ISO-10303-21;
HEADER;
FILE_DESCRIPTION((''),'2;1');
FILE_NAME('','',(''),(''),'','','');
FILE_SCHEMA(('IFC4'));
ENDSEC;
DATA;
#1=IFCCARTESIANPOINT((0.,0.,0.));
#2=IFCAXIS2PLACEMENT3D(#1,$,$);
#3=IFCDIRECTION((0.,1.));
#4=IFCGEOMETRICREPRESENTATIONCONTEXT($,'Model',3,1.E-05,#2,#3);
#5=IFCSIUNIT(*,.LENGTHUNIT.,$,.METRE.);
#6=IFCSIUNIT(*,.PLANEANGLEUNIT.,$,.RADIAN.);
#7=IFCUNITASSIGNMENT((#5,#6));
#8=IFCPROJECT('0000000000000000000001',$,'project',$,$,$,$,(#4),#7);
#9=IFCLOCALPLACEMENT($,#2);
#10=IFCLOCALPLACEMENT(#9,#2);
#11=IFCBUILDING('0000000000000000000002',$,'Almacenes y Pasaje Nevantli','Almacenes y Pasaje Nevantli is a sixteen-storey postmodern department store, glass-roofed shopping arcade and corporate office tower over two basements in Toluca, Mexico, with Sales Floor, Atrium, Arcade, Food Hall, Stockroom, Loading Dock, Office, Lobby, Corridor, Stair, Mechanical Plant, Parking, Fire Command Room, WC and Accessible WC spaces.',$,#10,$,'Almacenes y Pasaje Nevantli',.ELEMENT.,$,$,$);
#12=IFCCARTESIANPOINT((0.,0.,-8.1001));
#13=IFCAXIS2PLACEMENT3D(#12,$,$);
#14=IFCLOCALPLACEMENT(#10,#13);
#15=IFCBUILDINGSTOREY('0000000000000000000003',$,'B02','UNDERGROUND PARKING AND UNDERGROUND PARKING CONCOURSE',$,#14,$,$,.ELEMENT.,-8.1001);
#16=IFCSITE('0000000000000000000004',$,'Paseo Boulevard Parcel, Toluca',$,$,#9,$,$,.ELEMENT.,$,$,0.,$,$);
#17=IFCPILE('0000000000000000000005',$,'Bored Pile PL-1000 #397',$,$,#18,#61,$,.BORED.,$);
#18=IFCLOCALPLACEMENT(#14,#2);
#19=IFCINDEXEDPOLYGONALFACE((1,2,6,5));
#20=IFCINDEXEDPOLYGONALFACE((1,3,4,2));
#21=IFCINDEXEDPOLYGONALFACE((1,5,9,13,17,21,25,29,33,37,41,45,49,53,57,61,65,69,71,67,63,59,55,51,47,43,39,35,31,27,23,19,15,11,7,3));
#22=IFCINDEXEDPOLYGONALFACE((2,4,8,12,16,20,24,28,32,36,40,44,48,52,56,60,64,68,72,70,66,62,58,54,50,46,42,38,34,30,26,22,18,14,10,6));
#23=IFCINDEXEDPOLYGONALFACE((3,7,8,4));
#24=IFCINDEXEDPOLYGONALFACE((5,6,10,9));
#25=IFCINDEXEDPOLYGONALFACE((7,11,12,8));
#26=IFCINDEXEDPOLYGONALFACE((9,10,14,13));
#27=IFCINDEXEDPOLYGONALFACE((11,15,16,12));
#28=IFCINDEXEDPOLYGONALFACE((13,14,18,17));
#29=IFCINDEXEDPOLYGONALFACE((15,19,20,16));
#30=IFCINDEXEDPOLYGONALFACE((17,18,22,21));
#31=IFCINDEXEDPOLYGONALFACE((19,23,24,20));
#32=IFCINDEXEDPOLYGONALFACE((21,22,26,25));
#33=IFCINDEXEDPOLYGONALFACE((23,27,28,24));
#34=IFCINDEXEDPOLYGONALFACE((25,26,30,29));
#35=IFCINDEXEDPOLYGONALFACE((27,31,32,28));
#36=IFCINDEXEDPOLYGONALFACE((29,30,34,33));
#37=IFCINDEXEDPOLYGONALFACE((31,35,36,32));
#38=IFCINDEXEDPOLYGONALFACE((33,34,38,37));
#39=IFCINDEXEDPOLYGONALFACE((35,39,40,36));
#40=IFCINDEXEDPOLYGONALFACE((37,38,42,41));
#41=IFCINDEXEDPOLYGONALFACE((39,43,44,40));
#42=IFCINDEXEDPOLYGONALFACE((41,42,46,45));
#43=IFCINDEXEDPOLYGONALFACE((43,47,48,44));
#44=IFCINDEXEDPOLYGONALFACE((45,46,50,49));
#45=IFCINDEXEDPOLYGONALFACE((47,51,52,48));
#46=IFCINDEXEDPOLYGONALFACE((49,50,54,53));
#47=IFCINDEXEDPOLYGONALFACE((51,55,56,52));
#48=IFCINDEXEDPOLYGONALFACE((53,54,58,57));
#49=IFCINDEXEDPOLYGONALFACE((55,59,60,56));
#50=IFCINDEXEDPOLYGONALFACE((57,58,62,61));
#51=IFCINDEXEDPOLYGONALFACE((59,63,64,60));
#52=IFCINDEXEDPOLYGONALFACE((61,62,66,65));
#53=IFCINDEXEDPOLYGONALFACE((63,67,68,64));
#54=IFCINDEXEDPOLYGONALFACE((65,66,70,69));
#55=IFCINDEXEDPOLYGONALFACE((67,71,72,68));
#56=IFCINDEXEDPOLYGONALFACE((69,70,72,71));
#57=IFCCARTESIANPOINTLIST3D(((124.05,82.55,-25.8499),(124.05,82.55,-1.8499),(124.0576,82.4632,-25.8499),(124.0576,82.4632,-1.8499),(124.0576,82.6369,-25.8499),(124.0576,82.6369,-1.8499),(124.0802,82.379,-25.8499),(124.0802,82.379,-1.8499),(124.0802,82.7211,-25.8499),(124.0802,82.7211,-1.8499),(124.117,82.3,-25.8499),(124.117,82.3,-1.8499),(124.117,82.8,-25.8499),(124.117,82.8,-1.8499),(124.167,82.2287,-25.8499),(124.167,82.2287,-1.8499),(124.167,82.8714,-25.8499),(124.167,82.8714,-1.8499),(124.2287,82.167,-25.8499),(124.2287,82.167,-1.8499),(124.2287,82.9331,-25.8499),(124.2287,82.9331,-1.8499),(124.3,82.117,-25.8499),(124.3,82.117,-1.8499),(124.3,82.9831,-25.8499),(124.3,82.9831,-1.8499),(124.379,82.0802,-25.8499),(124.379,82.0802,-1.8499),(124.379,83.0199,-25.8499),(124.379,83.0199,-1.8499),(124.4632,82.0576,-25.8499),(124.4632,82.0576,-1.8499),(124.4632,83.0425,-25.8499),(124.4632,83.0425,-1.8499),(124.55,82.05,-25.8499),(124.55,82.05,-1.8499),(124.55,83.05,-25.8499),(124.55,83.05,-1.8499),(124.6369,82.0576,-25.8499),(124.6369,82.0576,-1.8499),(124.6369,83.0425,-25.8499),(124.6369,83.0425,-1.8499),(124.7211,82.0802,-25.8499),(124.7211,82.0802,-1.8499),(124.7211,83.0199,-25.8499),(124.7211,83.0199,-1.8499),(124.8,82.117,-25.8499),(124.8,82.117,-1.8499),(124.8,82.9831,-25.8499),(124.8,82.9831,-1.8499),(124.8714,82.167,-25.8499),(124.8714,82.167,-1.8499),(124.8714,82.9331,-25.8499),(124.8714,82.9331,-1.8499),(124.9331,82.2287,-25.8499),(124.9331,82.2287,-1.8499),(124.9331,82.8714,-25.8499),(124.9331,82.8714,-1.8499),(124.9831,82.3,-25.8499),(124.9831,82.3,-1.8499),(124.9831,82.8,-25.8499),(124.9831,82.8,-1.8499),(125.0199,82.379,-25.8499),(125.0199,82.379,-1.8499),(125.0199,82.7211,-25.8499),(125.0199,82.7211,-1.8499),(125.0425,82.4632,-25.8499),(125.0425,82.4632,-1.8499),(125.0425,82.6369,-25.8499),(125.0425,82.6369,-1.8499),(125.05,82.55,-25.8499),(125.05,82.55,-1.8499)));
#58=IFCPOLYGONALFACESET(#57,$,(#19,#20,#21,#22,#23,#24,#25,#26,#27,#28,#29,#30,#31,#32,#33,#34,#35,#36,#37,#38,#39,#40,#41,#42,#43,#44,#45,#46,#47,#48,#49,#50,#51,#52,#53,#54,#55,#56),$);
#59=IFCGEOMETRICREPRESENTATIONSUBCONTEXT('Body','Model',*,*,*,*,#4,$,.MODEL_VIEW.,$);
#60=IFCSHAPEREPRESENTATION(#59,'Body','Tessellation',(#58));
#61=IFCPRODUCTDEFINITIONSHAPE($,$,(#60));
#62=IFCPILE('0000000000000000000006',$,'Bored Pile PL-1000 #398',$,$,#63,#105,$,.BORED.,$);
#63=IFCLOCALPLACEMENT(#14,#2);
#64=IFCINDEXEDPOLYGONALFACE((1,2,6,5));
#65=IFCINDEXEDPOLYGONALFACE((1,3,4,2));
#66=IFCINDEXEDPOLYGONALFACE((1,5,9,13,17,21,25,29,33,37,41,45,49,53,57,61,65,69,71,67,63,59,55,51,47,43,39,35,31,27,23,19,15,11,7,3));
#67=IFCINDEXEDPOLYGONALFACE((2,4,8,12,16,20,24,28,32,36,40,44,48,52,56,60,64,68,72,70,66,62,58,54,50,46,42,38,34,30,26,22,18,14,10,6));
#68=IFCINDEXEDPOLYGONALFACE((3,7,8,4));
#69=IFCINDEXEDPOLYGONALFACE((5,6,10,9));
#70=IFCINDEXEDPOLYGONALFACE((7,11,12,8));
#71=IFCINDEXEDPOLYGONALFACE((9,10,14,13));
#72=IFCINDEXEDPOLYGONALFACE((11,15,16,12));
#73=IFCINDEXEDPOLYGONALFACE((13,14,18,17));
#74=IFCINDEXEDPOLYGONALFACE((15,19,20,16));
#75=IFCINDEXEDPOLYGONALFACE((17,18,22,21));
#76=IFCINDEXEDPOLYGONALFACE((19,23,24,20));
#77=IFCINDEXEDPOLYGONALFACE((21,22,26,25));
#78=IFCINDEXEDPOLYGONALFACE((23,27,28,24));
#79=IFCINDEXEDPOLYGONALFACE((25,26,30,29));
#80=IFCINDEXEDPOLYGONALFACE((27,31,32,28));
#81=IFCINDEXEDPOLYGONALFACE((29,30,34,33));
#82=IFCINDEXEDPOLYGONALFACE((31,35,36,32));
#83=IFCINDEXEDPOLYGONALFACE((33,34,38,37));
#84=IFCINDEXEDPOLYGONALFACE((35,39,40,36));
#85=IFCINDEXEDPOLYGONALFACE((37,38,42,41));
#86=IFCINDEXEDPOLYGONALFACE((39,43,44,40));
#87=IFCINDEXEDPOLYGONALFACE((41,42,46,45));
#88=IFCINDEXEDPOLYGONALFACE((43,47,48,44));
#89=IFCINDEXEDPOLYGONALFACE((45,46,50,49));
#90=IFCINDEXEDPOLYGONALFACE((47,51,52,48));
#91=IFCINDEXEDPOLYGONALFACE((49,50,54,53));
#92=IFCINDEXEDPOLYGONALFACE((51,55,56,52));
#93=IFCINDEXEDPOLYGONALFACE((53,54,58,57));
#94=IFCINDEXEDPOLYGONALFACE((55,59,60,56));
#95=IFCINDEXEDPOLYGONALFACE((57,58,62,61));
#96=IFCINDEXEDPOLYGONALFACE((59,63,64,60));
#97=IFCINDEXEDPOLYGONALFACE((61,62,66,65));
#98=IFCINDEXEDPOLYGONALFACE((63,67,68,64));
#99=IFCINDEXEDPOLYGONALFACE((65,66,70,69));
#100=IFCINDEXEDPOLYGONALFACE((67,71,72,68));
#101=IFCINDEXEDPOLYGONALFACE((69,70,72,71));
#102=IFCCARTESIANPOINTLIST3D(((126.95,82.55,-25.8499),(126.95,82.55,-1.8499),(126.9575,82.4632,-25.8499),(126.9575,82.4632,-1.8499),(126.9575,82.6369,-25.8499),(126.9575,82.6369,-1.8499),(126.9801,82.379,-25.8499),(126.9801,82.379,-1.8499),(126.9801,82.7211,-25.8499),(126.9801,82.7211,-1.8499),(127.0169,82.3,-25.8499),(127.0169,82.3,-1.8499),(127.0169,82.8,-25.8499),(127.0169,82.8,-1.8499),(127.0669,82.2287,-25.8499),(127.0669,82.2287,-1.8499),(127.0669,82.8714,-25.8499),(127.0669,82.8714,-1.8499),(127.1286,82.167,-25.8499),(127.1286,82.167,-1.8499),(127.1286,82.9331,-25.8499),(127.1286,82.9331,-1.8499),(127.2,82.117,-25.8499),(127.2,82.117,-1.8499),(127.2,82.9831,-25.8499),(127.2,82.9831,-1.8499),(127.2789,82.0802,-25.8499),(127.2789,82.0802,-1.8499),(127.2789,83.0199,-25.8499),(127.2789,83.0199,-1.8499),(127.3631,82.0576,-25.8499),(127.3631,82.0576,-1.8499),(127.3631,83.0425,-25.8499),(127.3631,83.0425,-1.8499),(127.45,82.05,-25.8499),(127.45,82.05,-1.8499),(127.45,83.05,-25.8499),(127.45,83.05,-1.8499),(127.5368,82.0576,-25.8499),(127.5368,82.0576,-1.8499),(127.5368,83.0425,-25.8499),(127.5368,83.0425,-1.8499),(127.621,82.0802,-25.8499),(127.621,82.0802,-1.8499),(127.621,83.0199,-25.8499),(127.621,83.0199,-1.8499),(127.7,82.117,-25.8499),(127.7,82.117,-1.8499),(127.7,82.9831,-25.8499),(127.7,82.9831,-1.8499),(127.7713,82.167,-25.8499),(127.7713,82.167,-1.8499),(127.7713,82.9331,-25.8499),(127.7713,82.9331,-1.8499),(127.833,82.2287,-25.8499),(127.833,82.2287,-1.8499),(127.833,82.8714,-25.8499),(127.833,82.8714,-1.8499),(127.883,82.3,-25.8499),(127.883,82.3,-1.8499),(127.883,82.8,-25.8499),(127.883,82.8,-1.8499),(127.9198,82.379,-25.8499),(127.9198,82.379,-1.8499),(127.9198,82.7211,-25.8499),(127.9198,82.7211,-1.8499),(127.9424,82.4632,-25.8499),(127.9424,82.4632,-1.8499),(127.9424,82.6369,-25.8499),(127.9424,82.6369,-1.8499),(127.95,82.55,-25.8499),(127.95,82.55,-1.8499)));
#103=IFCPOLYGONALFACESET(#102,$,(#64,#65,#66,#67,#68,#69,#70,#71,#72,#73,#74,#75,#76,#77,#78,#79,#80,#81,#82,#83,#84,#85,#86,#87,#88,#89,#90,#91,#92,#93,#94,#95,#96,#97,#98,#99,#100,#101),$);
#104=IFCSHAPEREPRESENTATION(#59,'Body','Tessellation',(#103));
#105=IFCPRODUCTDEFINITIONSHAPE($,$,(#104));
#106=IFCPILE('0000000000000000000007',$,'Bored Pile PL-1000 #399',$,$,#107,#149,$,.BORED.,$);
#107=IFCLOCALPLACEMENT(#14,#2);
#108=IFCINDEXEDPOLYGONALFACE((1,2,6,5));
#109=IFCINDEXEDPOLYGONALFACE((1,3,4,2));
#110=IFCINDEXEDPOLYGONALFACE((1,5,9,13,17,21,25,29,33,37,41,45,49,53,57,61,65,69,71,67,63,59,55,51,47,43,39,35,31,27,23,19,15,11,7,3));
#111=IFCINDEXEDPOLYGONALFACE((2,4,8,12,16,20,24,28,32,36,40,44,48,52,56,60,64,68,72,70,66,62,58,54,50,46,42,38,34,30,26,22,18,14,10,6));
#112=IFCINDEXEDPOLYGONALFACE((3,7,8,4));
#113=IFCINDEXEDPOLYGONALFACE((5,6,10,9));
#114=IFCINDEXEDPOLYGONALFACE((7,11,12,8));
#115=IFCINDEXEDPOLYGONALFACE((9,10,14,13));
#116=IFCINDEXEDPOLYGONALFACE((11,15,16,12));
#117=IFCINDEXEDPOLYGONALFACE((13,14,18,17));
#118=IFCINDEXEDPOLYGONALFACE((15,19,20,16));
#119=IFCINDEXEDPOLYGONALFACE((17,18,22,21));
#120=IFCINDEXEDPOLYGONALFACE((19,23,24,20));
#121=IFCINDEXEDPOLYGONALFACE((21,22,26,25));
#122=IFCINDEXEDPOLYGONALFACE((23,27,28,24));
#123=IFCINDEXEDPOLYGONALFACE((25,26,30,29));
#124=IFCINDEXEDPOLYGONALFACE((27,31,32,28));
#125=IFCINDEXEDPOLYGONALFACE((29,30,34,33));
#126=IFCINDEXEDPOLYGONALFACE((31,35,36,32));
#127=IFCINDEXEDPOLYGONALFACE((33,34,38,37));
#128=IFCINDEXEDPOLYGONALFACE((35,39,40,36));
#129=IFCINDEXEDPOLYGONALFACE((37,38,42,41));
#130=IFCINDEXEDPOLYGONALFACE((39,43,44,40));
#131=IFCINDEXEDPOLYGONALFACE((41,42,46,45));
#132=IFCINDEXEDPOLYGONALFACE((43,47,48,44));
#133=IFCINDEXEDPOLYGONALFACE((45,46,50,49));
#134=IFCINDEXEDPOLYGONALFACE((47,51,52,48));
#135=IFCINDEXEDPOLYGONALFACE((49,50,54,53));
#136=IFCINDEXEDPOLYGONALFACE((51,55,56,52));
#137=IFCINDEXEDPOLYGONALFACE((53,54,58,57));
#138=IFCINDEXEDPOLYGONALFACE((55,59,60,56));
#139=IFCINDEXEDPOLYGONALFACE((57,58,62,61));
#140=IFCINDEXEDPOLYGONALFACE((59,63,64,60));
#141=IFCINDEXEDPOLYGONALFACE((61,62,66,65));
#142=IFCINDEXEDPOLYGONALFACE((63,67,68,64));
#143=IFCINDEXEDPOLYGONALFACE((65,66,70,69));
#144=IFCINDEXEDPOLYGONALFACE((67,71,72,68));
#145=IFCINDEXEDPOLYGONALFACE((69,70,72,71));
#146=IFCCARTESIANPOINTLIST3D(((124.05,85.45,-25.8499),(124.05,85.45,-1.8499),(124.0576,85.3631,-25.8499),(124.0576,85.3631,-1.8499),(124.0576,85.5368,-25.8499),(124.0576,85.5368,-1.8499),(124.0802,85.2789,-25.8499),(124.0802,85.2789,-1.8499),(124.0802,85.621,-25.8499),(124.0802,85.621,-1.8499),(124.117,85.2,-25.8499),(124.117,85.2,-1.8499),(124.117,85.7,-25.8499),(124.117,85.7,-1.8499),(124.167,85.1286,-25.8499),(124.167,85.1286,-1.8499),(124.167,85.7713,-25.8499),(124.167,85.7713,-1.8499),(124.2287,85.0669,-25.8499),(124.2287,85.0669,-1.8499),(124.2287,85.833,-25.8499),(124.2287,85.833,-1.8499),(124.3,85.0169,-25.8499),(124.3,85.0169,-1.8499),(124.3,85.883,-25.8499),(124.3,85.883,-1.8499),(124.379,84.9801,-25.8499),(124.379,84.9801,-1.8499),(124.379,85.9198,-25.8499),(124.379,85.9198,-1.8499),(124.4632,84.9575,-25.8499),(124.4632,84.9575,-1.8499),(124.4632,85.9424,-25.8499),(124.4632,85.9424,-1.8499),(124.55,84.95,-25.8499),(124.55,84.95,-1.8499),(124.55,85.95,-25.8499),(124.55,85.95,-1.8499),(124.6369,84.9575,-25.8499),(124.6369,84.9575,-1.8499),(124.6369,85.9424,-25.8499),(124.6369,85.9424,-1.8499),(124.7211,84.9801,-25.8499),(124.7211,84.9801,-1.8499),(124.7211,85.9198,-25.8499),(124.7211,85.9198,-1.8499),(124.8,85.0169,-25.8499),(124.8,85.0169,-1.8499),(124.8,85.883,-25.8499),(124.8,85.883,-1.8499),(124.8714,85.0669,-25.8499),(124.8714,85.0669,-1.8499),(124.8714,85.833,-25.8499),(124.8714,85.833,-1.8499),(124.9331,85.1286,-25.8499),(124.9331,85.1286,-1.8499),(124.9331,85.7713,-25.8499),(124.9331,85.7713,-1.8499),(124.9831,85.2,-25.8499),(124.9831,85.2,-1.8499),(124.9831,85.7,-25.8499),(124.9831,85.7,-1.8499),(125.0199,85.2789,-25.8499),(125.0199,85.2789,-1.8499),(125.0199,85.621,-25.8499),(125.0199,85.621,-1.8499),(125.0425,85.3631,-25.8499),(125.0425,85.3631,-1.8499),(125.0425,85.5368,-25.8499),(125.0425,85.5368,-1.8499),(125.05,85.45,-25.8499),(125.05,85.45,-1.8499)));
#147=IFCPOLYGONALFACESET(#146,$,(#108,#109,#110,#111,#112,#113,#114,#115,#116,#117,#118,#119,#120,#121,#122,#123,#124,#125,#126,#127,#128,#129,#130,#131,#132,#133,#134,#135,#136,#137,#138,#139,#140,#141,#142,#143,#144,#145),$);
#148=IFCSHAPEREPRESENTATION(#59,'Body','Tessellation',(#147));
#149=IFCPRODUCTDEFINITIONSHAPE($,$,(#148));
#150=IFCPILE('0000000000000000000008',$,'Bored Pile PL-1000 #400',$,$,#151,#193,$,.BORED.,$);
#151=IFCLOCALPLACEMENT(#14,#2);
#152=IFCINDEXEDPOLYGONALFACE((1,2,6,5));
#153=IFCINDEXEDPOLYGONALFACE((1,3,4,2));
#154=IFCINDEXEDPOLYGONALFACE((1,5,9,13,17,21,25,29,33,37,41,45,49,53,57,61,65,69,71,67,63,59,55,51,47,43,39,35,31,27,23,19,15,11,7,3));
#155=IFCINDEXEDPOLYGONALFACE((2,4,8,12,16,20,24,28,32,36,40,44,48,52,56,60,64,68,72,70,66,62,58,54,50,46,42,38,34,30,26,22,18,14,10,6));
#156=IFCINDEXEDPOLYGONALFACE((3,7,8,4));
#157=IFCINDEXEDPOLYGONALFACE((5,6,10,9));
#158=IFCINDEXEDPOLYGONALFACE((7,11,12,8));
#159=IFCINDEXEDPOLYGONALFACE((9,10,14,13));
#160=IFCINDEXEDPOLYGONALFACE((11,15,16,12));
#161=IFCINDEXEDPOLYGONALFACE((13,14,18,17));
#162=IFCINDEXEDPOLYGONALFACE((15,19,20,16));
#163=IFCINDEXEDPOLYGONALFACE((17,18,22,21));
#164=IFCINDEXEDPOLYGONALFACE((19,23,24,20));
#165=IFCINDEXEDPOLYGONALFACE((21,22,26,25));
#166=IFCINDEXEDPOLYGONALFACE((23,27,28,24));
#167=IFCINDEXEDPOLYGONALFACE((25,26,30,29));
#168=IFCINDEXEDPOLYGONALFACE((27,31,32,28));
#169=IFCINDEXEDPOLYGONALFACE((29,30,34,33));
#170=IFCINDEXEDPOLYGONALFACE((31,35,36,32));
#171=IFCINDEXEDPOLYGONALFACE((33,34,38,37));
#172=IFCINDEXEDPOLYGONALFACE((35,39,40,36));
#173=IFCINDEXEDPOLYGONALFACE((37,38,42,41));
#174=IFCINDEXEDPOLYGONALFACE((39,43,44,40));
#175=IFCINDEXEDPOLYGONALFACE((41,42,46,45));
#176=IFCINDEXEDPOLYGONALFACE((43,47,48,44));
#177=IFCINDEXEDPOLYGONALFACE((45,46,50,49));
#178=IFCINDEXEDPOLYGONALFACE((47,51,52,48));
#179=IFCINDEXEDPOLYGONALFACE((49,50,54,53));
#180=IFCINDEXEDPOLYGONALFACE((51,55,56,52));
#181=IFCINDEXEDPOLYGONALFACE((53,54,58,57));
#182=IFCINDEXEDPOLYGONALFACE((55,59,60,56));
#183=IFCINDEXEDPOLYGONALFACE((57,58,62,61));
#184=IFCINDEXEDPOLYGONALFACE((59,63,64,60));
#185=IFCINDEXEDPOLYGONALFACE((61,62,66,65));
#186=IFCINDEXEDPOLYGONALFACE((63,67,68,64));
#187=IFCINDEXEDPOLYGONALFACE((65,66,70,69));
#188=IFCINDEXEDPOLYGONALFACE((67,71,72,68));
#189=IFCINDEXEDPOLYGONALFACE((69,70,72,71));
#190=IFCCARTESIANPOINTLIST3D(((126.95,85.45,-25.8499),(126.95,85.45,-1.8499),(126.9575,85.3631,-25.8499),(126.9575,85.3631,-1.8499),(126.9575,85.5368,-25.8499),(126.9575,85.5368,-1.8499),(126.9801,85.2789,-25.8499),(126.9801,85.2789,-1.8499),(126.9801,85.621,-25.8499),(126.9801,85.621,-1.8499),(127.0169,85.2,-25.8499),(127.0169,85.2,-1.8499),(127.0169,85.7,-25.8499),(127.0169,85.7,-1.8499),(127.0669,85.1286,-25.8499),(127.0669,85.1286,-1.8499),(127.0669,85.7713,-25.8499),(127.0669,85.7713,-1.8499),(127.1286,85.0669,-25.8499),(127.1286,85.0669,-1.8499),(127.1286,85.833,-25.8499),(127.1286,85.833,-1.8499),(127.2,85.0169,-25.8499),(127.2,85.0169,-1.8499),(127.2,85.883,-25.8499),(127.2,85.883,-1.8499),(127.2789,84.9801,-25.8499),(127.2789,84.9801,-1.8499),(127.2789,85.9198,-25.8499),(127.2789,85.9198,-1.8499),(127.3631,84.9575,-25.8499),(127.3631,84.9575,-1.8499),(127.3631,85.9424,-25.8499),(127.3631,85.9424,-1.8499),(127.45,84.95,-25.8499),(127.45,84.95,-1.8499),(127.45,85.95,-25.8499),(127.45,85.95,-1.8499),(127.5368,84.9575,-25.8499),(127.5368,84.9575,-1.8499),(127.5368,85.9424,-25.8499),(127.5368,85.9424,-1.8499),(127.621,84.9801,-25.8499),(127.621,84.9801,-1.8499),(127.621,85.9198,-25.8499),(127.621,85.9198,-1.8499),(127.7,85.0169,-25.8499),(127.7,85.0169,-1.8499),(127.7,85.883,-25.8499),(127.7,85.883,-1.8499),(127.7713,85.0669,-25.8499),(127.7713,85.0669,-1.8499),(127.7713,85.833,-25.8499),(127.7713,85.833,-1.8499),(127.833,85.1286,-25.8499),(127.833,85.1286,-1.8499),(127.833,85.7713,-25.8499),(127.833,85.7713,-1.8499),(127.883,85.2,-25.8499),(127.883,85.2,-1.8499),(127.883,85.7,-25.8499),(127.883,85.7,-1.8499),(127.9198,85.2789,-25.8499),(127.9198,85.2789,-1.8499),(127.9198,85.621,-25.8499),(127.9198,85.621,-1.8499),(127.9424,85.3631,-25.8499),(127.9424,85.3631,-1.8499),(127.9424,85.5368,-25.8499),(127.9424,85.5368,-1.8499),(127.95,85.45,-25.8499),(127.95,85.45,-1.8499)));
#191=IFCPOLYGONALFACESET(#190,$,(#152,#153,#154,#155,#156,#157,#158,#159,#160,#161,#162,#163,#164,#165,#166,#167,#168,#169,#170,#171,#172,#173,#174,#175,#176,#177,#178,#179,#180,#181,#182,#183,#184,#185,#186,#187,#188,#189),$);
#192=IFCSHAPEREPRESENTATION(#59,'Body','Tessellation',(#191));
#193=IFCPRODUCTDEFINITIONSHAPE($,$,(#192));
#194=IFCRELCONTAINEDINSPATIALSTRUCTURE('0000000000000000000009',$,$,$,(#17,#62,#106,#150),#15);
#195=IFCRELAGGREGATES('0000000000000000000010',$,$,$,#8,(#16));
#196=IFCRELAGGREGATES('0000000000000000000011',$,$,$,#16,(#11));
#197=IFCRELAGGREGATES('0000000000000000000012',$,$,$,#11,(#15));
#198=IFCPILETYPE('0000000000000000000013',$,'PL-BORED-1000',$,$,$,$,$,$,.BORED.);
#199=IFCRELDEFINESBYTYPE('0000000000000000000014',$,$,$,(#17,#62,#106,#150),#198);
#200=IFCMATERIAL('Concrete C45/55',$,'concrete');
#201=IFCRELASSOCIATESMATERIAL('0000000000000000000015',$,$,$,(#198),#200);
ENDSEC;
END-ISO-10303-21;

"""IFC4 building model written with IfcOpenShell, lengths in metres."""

from ifc_helpers import new_model, si_unit, direction, frame, origin, origin_2d, place, context, subcontext, project, spatial, circle, extrude, material, material_profile, profile_set, type_object, element, save


model = new_model("IFC4")

# Units and contexts
model_context = context("Model", 3, precision=1e-05, world=origin(), true_north=direction((0.0, 1.0)))
body_context = subcontext(model_context, "Body", "Model", "MODEL_VIEW")
ifc_project = project(units=[si_unit("LENGTHUNIT", "METRE"), si_unit("PLANEANGLEUNIT", "RADIAN")], contexts=[model_context])

# Site, building, storey
site_placement = place(None, origin())
site = spatial("IfcSite", under=ifc_project, at=site_placement, Name="Paseo Boulevard Parcel, Toluca", CompositionType="ELEMENT", RefElevation=0.0)
building_placement = place(site_placement, origin())
building = spatial("IfcBuilding", under=site, at=building_placement, Name="Almacenes y Pasaje Nevantli", Description="Almacenes y Pasaje Nevantli is a sixteen-storey postmodern department store, glass-roofed shopping arcade and corporate office tower over two basements in Toluca, Mexico, with Sales Floor, Atrium, Arcade, Food Hall, Stockroom, Loading Dock, Office, Lobby, Corridor, Stair, Mechanical Plant, Parking, Fire Command Room, WC and Accessible WC spaces.", LongName="Almacenes y Pasaje Nevantli", CompositionType="ELEMENT")
storey_placement = place(building_placement, frame((0.0, 0.0, -8.1001)))
storey = spatial("IfcBuildingStorey", under=building, at=storey_placement, Name="B02", Description="UNDERGROUND PARKING AND UNDERGROUND PARKING CONCOURSE", CompositionType="ELEMENT", Elevation=-8.1001)

# Piles
ifc_material_1 = material(Name="Concrete C45/55", Category="concrete")
ifc_material_profile_1 = material_profile(ifc_material_1, circle(Radius=0.5, at=origin_2d()), Name="RC-PILE-D1000")
ifc_profile_set_1 = profile_set([ifc_material_profile_1], Name="Concrete C45/55")
pile_type = type_object("IfcPileType", Name="PL-BORED-1000", PredefinedType="BORED", material=ifc_profile_set_1)
for number, where, z_axis, x_axis, name in (
    (1, (124.55, 82.55, -1.8499), (0.0, 0.0, -1.0), (1.0, 0.0, 0.0), "Bored Pile PL-1000 #397"),
    (2, (127.45, 82.55, -1.8499), (0.0, 0.0, -1.0), (1.0, 0.0, 0.0), "Bored Pile PL-1000 #398"),
    (3, (124.55, 85.45, -1.8499), (0.0, 0.0, -1.0), (1.0, 0.0, 0.0), "Bored Pile PL-1000 #399"),
    (4, (127.45, 85.45, -1.8499), (0.0, 0.0, -1.0), (1.0, 0.0, 0.0), "Bored Pile PL-1000 #400"),
):
    element("IfcPile", number, at=place(storey_placement, frame(where, z_axis=z_axis, x_axis=x_axis)), inside=storey, type_object=pile_type, Name=name, PredefinedType="BORED", context=body_context, shape_type="SweptSolid", body=[
        extrude(circle(Radius=0.5, at=origin_2d()), origin(), (0.0, 0.0, 1.0), 24.0),
    ])

save(model, "model.ifc")
